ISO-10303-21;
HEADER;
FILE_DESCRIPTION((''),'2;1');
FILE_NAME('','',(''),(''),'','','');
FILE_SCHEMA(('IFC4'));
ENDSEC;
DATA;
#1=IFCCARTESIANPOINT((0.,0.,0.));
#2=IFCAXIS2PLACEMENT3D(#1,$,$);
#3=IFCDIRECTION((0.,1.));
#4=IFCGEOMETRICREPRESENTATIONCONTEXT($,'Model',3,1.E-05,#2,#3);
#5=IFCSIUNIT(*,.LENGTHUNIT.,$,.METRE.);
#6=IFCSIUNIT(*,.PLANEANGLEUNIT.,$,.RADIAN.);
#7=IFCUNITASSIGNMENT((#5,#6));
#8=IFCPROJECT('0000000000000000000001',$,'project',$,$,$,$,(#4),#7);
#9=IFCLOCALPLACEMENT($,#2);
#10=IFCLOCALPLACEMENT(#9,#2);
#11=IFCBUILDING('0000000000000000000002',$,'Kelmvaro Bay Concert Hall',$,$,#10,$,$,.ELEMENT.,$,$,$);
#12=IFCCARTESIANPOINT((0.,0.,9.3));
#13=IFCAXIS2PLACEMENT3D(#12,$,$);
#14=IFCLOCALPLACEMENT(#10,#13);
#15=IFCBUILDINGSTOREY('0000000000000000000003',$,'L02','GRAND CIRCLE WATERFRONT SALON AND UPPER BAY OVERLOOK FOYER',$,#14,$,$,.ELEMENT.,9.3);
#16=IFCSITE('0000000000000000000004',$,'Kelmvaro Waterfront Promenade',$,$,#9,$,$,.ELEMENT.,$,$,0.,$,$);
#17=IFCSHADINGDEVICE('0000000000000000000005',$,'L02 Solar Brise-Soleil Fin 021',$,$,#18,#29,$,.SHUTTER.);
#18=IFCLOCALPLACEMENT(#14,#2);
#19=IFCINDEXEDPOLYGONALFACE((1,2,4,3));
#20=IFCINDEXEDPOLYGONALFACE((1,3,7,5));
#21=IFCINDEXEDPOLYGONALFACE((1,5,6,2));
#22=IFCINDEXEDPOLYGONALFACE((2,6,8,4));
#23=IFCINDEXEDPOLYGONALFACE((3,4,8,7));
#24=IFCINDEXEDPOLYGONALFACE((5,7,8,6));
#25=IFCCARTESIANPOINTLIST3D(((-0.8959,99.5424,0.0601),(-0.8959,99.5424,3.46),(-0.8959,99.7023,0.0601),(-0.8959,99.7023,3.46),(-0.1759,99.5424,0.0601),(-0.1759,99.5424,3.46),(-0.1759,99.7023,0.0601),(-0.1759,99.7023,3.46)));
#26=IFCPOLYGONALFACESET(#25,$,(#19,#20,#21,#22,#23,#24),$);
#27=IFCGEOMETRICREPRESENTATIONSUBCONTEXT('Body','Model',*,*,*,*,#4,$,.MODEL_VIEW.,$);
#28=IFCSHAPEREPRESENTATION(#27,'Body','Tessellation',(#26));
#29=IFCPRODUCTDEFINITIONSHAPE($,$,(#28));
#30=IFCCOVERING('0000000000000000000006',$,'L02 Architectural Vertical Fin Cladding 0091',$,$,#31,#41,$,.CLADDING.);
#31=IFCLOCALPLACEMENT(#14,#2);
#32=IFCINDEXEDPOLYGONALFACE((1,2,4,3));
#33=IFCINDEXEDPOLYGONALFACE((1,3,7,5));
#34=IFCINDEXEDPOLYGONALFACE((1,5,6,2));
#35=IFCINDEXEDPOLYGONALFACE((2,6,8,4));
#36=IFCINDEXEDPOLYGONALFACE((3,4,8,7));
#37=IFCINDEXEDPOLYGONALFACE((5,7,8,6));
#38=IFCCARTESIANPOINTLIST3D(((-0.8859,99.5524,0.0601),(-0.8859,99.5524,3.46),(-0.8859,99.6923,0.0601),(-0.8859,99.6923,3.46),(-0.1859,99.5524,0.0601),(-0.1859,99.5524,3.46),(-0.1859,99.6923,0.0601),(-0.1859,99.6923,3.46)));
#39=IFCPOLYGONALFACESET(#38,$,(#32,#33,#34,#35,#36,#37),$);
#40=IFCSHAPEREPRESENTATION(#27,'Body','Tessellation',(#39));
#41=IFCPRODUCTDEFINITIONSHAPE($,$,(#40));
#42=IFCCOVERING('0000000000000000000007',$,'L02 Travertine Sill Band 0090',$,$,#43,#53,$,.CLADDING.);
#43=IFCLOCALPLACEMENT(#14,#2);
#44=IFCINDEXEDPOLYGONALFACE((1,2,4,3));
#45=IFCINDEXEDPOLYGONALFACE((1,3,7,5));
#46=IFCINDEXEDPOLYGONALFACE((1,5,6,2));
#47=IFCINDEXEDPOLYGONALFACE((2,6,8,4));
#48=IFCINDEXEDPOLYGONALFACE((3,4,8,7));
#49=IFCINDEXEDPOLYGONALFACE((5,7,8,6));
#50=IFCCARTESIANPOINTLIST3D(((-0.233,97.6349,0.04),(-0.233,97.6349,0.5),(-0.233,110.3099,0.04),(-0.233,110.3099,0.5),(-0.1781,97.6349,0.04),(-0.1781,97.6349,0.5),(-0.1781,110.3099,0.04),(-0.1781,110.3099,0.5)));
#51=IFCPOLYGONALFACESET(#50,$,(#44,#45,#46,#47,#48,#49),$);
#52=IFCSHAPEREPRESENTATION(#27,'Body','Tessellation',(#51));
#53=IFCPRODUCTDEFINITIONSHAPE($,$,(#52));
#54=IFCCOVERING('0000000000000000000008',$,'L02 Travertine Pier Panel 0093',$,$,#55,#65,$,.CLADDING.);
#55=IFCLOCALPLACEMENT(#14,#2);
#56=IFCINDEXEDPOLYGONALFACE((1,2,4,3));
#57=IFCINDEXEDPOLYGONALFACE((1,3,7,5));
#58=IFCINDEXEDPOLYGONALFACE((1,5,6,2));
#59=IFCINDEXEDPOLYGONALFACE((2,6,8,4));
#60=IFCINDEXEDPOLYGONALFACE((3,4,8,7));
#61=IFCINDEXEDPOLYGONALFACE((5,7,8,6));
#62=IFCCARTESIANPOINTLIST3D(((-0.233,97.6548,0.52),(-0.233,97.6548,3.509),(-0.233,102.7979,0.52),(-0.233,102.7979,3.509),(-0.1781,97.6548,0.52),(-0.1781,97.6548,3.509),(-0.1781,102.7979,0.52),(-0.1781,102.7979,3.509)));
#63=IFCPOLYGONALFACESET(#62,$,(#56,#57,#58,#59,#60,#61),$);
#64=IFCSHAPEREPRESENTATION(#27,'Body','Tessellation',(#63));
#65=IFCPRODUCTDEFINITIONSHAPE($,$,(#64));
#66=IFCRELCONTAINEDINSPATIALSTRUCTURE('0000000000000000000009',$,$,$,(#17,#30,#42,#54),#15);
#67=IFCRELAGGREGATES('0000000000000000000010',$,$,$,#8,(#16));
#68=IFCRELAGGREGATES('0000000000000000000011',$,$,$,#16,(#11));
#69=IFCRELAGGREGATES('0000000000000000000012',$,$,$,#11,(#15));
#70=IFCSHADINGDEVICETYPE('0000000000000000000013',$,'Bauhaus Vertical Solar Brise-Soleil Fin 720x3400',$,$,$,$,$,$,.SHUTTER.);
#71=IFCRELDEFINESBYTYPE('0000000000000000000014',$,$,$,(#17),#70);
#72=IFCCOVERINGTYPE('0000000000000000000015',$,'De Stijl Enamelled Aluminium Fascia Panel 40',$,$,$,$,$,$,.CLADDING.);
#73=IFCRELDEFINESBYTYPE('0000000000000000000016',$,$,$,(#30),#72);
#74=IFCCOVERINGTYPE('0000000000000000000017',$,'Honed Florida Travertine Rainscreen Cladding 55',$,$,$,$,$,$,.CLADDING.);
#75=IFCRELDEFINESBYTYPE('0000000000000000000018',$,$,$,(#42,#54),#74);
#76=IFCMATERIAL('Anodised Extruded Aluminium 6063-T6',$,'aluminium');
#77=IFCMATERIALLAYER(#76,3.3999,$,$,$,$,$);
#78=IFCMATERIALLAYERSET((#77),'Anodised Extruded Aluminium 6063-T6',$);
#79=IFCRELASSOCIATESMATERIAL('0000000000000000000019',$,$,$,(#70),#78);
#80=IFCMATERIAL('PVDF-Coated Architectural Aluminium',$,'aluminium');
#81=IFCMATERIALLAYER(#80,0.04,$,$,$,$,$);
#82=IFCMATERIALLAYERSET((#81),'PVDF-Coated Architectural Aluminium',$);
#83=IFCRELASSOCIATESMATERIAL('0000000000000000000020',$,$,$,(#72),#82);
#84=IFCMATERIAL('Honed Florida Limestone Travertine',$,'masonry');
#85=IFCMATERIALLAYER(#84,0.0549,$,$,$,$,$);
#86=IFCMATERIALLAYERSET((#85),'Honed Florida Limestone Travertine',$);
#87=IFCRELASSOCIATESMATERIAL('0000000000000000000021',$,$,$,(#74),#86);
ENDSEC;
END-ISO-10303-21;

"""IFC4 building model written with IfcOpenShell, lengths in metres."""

from ifc_helpers import new_model, si_unit, direction, frame, origin, origin_2d, place, context, subcontext, project, spatial, rectangle, extrude, material, layer, layer_set, type_object, element, save


model = new_model("IFC4")

# Units and contexts
model_context = context("Model", 3, precision=1e-05, world=origin(), true_north=direction((0.0, 1.0)))
body_context = subcontext(model_context, "Body", "Model", "MODEL_VIEW")
ifc_project = project(units=[si_unit("LENGTHUNIT", "METRE"), si_unit("PLANEANGLEUNIT", "RADIAN")], contexts=[model_context])

# Site, building, storey
site_placement = place(None, origin())
site = spatial("IfcSite", under=ifc_project, at=site_placement, Name="Kelmvaro Waterfront Promenade", CompositionType="ELEMENT", RefElevation=0.0)
building_placement = place(site_placement, origin())
building = spatial("IfcBuilding", under=site, at=building_placement, Name="Kelmvaro Bay Concert Hall", CompositionType="ELEMENT")
storey_placement = place(building_placement, frame((0.0, 0.0, 9.3)))
storey = spatial("IfcBuildingStorey", under=building, at=storey_placement, Name="L02", Description="GRAND CIRCLE WATERFRONT SALON AND UPPER BAY OVERLOOK FOYER", CompositionType="ELEMENT", Elevation=9.3)

# Shading device
ifc_material_1 = material(Name="Anodised Extruded Aluminium 6063-T6", Category="aluminium")
ifc_layer_1 = layer(ifc_material_1, 3.3999)
ifc_layer_set_1 = layer_set([ifc_layer_1], Name="Anodised Extruded Aluminium 6063-T6")
shading_device_type = type_object("IfcShadingDeviceType", Name="Bauhaus Vertical Solar Brise-Soleil Fin 720x3400", PredefinedType="SHUTTER", material=ifc_layer_set_1)
shading_device_placement = place(storey_placement, frame((-0.5359, 99.6223, 0.0601), z_axis=(0.0, 0.0, 1.0), x_axis=(0.0, 1.0, 0.0)))
element("IfcShadingDevice", 1, at=shading_device_placement, inside=storey, type_object=shading_device_type, Name="L02 Solar Brise-Soleil Fin 021", PredefinedType="SHUTTER", context=body_context, shape_type="SweptSolid", body=[
    extrude(rectangle(XDim=0.1599, YDim=0.72, at=origin_2d()), origin(), (0.0, 0.0, 1.0), 3.3999),
])

# Coverings
ifc_material_2 = material(Name="PVDF-Coated Architectural Aluminium", Category="aluminium")
ifc_layer_2 = layer(ifc_material_2, 0.04)
ifc_layer_set_2 = layer_set([ifc_layer_2], Name="PVDF-Coated Architectural Aluminium")
covering_type_1 = type_object("IfcCoveringType", Name="De Stijl Enamelled Aluminium Fascia Panel 40", PredefinedType="CLADDING", material=ifc_layer_set_2)
covering_1_placement = place(storey_placement, frame((-0.5359, 99.6223, 0.0601), z_axis=(0.0, 0.0, 1.0), x_axis=(0.0, 1.0, 0.0)))
element("IfcCovering", 2, at=covering_1_placement, inside=storey, type_object=covering_type_1, Name="L02 Architectural Vertical Fin Cladding 0091", PredefinedType="CLADDING", context=body_context, shape_type="SweptSolid", body=[
    extrude(rectangle(XDim=0.1399, YDim=0.7, at=origin_2d()), origin(), (0.0, 0.0, 1.0), 3.3999),
])
ifc_material_3 = material(Name="Honed Florida Limestone Travertine", Category="masonry")
ifc_layer_3 = layer(ifc_material_3, 0.0549)
ifc_layer_set_3 = layer_set([ifc_layer_3], Name="Honed Florida Limestone Travertine")
covering_type_2 = type_object("IfcCoveringType", Name="Honed Florida Travertine Rainscreen Cladding 55", PredefinedType="CLADDING", material=ifc_layer_set_3)
covering_2_placement = place(storey_placement, frame((-0.2056, 103.9724, 0.04), z_axis=(0.0, 0.0, 1.0), x_axis=(0.0, 1.0, 0.0)))
element("IfcCovering", 3, at=covering_2_placement, inside=storey, type_object=covering_type_2, Name="L02 Travertine Sill Band 0090", PredefinedType="CLADDING", context=body_context, shape_type="SweptSolid", body=[
    extrude(rectangle(XDim=12.675, YDim=0.0549, at=origin_2d()), origin(), (0.0, 0.0, 1.0), 0.46),
])
covering_3_placement = place(storey_placement, frame((-0.2056, 100.2263, 0.52), z_axis=(0.0, 0.0, 1.0), x_axis=(0.0, 1.0, 0.0)))
element("IfcCovering", 4, at=covering_3_placement, inside=storey, type_object=covering_type_2, Name="L02 Travertine Pier Panel 0093", PredefinedType="CLADDING", context=body_context, shape_type="SweptSolid", body=[
    extrude(rectangle(XDim=5.1431, YDim=0.0549, at=origin_2d()), origin(), (0.0, 0.0, 1.0), 2.989),
])

save(model, "model.ifc")
